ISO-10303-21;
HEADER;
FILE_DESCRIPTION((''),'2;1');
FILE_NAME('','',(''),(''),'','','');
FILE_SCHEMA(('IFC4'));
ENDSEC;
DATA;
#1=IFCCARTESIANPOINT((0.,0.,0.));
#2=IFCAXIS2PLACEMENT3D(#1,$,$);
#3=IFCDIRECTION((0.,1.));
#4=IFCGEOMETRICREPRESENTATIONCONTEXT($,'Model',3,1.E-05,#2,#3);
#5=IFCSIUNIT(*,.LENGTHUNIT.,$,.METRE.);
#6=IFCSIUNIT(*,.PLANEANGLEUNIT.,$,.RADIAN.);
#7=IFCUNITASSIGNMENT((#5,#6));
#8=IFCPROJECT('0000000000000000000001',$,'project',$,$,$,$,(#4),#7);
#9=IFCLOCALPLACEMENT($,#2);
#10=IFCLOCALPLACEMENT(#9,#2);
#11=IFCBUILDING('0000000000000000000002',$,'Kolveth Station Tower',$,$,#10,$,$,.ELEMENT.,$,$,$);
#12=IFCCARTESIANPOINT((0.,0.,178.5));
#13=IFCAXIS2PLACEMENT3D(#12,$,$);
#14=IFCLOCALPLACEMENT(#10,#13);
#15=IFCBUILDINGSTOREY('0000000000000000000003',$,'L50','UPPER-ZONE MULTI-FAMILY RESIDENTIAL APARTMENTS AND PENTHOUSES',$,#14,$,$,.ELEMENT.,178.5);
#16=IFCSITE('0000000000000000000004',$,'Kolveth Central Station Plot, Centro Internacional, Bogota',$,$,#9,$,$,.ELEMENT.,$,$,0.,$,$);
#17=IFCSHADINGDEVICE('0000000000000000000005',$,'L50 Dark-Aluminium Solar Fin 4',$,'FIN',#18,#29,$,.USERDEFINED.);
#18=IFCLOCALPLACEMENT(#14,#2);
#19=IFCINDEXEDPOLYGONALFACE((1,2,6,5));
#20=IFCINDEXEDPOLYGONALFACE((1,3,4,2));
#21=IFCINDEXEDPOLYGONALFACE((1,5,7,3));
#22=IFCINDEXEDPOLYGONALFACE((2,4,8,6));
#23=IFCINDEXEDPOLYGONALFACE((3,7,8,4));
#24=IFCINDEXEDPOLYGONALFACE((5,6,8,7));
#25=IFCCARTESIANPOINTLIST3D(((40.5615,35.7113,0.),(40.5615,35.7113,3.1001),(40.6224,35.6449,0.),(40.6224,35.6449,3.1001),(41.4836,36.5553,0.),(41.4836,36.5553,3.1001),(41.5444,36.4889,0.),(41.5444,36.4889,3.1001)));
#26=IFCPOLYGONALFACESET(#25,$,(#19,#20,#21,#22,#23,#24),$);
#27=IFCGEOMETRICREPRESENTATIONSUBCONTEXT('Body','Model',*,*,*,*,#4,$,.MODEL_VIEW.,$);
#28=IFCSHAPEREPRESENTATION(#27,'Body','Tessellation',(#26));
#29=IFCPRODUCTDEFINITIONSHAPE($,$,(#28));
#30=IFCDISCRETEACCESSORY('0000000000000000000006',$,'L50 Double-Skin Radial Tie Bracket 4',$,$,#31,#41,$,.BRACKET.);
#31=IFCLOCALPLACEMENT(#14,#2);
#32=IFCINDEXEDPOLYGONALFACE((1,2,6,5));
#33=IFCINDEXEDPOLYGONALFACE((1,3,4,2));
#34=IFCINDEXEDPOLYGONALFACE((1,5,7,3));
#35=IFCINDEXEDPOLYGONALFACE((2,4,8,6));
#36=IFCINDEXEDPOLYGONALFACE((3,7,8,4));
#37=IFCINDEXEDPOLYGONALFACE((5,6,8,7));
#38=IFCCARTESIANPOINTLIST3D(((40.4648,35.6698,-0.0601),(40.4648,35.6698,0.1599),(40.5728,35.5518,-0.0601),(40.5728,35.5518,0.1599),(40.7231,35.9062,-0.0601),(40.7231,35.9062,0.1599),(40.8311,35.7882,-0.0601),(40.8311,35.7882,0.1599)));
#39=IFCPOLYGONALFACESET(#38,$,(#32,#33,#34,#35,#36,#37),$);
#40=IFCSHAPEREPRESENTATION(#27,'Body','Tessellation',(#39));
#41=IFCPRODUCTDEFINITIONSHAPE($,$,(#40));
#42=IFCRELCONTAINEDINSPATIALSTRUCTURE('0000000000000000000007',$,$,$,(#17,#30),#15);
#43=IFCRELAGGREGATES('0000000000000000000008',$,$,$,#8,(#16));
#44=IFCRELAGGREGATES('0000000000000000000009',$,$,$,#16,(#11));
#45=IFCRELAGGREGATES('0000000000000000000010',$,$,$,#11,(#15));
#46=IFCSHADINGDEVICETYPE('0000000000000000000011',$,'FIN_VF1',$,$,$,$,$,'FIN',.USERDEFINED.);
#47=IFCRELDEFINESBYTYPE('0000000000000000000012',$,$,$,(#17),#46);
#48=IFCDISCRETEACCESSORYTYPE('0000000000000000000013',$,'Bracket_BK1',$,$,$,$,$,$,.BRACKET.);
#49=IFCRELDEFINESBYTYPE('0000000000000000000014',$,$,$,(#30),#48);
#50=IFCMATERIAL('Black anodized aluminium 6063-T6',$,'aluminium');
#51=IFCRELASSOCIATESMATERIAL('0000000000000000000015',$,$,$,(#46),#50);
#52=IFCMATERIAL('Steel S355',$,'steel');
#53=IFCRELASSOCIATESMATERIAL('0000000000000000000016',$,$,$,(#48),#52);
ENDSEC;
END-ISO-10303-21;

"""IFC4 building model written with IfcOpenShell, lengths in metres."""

from ifc_helpers import new_model, si_unit, direction, frame, origin, origin_2d, place, context, subcontext, project, spatial, rectangle, extrude, source, transform, mapped, material, type_object, element, save


model = new_model("IFC4")

# Units and contexts
model_context = context("Model", 3, precision=1e-05, world=origin(), true_north=direction((0.0, 1.0)))
body_context = subcontext(model_context, "Body", "Model", "MODEL_VIEW")
ifc_project = project(units=[si_unit("LENGTHUNIT", "METRE"), si_unit("PLANEANGLEUNIT", "RADIAN")], contexts=[model_context])

# Site, building, storey
site_placement = place(None, origin())
site = spatial("IfcSite", under=ifc_project, at=site_placement, Name="Kolveth Central Station Plot, Centro Internacional, Bogota", CompositionType="ELEMENT", RefElevation=0.0)
building_placement = place(site_placement, origin())
building = spatial("IfcBuilding", under=site, at=building_placement, Name="Kolveth Station Tower", CompositionType="ELEMENT")
storey_placement = place(building_placement, frame((0.0, 0.0, 178.5)))
storey = spatial("IfcBuildingStorey", under=building, at=storey_placement, Name="L50", Description="UPPER-ZONE MULTI-FAMILY RESIDENTIAL APARTMENTS AND PENTHOUSES", CompositionType="ELEMENT", Elevation=178.5)

# Shared definitions
ifc_material_1 = material(Name="Black anodized aluminium 6063-T6", Category="aluminium")

# Shading device
shading_device_type = type_object("IfcShadingDeviceType", Name="FIN_VF1", ElementType="FIN", PredefinedType="USERDEFINED", material=ifc_material_1)
shared_shape_1 = source(origin(), body_context, "Body", "SweptSolid", [
    extrude(rectangle(XDim=1.25, YDim=0.0901, at=origin_2d()), origin(), (0.0, 0.0, 1.0), 3.1001),
])
for number, where, z_axis, x_axis, name in (
    (1, (41.053, 36.1001, 0.0), (0.0, 0.0, 1.0), (0.737631, 0.675204, 0.0), "L50 Dark-Aluminium Solar Fin 4"),
):
    element("IfcShadingDevice", number, at=place(storey_placement, frame(where, z_axis=z_axis, x_axis=x_axis)), inside=storey, type_object=shading_device_type, Name=name, ObjectType="FIN", PredefinedType="USERDEFINED", context=body_context, shape_type="MappedRepresentation", body=[
        mapped(shared_shape_1, transform((0.0, 0.0, 0.0), x_axis=(1.0, 0.0, 0.0), y_axis=(0.0, 1.0, 0.0), z_axis=(0.0, 0.0, 1.0), scale=1.0)),
    ])

# Discrete accessory
ifc_material_2 = material(Name="Steel S355", Category="steel")
discrete_accessory_type = type_object("IfcDiscreteAccessoryType", Name="Bracket_BK1", PredefinedType="BRACKET", material=ifc_material_2)
shared_shape_2 = source(origin(), body_context, "Body", "SweptSolid", [
    extrude(rectangle(XDim=0.3501, YDim=0.1599, at=origin_2d()), origin(), (0.0, 0.0, 1.0), 0.22),
])
discrete_accessory_placement = place(storey_placement, frame((40.6479, 35.729, -0.0601), z_axis=(0.0, 0.0, 1.0), x_axis=(0.737631, 0.675204, 0.0)))
element("IfcDiscreteAccessory", 2, at=discrete_accessory_placement, inside=storey, type_object=discrete_accessory_type, Name="L50 Double-Skin Radial Tie Bracket 4", PredefinedType="BRACKET", context=body_context, shape_type="MappedRepresentation", body=[
    mapped(shared_shape_2, transform((0.0, 0.0, 0.0), x_axis=(1.0, 0.0, 0.0), y_axis=(0.0, 1.0, 0.0), z_axis=(0.0, 0.0, 1.0), scale=1.0)),
])

save(model, "model.ifc")
